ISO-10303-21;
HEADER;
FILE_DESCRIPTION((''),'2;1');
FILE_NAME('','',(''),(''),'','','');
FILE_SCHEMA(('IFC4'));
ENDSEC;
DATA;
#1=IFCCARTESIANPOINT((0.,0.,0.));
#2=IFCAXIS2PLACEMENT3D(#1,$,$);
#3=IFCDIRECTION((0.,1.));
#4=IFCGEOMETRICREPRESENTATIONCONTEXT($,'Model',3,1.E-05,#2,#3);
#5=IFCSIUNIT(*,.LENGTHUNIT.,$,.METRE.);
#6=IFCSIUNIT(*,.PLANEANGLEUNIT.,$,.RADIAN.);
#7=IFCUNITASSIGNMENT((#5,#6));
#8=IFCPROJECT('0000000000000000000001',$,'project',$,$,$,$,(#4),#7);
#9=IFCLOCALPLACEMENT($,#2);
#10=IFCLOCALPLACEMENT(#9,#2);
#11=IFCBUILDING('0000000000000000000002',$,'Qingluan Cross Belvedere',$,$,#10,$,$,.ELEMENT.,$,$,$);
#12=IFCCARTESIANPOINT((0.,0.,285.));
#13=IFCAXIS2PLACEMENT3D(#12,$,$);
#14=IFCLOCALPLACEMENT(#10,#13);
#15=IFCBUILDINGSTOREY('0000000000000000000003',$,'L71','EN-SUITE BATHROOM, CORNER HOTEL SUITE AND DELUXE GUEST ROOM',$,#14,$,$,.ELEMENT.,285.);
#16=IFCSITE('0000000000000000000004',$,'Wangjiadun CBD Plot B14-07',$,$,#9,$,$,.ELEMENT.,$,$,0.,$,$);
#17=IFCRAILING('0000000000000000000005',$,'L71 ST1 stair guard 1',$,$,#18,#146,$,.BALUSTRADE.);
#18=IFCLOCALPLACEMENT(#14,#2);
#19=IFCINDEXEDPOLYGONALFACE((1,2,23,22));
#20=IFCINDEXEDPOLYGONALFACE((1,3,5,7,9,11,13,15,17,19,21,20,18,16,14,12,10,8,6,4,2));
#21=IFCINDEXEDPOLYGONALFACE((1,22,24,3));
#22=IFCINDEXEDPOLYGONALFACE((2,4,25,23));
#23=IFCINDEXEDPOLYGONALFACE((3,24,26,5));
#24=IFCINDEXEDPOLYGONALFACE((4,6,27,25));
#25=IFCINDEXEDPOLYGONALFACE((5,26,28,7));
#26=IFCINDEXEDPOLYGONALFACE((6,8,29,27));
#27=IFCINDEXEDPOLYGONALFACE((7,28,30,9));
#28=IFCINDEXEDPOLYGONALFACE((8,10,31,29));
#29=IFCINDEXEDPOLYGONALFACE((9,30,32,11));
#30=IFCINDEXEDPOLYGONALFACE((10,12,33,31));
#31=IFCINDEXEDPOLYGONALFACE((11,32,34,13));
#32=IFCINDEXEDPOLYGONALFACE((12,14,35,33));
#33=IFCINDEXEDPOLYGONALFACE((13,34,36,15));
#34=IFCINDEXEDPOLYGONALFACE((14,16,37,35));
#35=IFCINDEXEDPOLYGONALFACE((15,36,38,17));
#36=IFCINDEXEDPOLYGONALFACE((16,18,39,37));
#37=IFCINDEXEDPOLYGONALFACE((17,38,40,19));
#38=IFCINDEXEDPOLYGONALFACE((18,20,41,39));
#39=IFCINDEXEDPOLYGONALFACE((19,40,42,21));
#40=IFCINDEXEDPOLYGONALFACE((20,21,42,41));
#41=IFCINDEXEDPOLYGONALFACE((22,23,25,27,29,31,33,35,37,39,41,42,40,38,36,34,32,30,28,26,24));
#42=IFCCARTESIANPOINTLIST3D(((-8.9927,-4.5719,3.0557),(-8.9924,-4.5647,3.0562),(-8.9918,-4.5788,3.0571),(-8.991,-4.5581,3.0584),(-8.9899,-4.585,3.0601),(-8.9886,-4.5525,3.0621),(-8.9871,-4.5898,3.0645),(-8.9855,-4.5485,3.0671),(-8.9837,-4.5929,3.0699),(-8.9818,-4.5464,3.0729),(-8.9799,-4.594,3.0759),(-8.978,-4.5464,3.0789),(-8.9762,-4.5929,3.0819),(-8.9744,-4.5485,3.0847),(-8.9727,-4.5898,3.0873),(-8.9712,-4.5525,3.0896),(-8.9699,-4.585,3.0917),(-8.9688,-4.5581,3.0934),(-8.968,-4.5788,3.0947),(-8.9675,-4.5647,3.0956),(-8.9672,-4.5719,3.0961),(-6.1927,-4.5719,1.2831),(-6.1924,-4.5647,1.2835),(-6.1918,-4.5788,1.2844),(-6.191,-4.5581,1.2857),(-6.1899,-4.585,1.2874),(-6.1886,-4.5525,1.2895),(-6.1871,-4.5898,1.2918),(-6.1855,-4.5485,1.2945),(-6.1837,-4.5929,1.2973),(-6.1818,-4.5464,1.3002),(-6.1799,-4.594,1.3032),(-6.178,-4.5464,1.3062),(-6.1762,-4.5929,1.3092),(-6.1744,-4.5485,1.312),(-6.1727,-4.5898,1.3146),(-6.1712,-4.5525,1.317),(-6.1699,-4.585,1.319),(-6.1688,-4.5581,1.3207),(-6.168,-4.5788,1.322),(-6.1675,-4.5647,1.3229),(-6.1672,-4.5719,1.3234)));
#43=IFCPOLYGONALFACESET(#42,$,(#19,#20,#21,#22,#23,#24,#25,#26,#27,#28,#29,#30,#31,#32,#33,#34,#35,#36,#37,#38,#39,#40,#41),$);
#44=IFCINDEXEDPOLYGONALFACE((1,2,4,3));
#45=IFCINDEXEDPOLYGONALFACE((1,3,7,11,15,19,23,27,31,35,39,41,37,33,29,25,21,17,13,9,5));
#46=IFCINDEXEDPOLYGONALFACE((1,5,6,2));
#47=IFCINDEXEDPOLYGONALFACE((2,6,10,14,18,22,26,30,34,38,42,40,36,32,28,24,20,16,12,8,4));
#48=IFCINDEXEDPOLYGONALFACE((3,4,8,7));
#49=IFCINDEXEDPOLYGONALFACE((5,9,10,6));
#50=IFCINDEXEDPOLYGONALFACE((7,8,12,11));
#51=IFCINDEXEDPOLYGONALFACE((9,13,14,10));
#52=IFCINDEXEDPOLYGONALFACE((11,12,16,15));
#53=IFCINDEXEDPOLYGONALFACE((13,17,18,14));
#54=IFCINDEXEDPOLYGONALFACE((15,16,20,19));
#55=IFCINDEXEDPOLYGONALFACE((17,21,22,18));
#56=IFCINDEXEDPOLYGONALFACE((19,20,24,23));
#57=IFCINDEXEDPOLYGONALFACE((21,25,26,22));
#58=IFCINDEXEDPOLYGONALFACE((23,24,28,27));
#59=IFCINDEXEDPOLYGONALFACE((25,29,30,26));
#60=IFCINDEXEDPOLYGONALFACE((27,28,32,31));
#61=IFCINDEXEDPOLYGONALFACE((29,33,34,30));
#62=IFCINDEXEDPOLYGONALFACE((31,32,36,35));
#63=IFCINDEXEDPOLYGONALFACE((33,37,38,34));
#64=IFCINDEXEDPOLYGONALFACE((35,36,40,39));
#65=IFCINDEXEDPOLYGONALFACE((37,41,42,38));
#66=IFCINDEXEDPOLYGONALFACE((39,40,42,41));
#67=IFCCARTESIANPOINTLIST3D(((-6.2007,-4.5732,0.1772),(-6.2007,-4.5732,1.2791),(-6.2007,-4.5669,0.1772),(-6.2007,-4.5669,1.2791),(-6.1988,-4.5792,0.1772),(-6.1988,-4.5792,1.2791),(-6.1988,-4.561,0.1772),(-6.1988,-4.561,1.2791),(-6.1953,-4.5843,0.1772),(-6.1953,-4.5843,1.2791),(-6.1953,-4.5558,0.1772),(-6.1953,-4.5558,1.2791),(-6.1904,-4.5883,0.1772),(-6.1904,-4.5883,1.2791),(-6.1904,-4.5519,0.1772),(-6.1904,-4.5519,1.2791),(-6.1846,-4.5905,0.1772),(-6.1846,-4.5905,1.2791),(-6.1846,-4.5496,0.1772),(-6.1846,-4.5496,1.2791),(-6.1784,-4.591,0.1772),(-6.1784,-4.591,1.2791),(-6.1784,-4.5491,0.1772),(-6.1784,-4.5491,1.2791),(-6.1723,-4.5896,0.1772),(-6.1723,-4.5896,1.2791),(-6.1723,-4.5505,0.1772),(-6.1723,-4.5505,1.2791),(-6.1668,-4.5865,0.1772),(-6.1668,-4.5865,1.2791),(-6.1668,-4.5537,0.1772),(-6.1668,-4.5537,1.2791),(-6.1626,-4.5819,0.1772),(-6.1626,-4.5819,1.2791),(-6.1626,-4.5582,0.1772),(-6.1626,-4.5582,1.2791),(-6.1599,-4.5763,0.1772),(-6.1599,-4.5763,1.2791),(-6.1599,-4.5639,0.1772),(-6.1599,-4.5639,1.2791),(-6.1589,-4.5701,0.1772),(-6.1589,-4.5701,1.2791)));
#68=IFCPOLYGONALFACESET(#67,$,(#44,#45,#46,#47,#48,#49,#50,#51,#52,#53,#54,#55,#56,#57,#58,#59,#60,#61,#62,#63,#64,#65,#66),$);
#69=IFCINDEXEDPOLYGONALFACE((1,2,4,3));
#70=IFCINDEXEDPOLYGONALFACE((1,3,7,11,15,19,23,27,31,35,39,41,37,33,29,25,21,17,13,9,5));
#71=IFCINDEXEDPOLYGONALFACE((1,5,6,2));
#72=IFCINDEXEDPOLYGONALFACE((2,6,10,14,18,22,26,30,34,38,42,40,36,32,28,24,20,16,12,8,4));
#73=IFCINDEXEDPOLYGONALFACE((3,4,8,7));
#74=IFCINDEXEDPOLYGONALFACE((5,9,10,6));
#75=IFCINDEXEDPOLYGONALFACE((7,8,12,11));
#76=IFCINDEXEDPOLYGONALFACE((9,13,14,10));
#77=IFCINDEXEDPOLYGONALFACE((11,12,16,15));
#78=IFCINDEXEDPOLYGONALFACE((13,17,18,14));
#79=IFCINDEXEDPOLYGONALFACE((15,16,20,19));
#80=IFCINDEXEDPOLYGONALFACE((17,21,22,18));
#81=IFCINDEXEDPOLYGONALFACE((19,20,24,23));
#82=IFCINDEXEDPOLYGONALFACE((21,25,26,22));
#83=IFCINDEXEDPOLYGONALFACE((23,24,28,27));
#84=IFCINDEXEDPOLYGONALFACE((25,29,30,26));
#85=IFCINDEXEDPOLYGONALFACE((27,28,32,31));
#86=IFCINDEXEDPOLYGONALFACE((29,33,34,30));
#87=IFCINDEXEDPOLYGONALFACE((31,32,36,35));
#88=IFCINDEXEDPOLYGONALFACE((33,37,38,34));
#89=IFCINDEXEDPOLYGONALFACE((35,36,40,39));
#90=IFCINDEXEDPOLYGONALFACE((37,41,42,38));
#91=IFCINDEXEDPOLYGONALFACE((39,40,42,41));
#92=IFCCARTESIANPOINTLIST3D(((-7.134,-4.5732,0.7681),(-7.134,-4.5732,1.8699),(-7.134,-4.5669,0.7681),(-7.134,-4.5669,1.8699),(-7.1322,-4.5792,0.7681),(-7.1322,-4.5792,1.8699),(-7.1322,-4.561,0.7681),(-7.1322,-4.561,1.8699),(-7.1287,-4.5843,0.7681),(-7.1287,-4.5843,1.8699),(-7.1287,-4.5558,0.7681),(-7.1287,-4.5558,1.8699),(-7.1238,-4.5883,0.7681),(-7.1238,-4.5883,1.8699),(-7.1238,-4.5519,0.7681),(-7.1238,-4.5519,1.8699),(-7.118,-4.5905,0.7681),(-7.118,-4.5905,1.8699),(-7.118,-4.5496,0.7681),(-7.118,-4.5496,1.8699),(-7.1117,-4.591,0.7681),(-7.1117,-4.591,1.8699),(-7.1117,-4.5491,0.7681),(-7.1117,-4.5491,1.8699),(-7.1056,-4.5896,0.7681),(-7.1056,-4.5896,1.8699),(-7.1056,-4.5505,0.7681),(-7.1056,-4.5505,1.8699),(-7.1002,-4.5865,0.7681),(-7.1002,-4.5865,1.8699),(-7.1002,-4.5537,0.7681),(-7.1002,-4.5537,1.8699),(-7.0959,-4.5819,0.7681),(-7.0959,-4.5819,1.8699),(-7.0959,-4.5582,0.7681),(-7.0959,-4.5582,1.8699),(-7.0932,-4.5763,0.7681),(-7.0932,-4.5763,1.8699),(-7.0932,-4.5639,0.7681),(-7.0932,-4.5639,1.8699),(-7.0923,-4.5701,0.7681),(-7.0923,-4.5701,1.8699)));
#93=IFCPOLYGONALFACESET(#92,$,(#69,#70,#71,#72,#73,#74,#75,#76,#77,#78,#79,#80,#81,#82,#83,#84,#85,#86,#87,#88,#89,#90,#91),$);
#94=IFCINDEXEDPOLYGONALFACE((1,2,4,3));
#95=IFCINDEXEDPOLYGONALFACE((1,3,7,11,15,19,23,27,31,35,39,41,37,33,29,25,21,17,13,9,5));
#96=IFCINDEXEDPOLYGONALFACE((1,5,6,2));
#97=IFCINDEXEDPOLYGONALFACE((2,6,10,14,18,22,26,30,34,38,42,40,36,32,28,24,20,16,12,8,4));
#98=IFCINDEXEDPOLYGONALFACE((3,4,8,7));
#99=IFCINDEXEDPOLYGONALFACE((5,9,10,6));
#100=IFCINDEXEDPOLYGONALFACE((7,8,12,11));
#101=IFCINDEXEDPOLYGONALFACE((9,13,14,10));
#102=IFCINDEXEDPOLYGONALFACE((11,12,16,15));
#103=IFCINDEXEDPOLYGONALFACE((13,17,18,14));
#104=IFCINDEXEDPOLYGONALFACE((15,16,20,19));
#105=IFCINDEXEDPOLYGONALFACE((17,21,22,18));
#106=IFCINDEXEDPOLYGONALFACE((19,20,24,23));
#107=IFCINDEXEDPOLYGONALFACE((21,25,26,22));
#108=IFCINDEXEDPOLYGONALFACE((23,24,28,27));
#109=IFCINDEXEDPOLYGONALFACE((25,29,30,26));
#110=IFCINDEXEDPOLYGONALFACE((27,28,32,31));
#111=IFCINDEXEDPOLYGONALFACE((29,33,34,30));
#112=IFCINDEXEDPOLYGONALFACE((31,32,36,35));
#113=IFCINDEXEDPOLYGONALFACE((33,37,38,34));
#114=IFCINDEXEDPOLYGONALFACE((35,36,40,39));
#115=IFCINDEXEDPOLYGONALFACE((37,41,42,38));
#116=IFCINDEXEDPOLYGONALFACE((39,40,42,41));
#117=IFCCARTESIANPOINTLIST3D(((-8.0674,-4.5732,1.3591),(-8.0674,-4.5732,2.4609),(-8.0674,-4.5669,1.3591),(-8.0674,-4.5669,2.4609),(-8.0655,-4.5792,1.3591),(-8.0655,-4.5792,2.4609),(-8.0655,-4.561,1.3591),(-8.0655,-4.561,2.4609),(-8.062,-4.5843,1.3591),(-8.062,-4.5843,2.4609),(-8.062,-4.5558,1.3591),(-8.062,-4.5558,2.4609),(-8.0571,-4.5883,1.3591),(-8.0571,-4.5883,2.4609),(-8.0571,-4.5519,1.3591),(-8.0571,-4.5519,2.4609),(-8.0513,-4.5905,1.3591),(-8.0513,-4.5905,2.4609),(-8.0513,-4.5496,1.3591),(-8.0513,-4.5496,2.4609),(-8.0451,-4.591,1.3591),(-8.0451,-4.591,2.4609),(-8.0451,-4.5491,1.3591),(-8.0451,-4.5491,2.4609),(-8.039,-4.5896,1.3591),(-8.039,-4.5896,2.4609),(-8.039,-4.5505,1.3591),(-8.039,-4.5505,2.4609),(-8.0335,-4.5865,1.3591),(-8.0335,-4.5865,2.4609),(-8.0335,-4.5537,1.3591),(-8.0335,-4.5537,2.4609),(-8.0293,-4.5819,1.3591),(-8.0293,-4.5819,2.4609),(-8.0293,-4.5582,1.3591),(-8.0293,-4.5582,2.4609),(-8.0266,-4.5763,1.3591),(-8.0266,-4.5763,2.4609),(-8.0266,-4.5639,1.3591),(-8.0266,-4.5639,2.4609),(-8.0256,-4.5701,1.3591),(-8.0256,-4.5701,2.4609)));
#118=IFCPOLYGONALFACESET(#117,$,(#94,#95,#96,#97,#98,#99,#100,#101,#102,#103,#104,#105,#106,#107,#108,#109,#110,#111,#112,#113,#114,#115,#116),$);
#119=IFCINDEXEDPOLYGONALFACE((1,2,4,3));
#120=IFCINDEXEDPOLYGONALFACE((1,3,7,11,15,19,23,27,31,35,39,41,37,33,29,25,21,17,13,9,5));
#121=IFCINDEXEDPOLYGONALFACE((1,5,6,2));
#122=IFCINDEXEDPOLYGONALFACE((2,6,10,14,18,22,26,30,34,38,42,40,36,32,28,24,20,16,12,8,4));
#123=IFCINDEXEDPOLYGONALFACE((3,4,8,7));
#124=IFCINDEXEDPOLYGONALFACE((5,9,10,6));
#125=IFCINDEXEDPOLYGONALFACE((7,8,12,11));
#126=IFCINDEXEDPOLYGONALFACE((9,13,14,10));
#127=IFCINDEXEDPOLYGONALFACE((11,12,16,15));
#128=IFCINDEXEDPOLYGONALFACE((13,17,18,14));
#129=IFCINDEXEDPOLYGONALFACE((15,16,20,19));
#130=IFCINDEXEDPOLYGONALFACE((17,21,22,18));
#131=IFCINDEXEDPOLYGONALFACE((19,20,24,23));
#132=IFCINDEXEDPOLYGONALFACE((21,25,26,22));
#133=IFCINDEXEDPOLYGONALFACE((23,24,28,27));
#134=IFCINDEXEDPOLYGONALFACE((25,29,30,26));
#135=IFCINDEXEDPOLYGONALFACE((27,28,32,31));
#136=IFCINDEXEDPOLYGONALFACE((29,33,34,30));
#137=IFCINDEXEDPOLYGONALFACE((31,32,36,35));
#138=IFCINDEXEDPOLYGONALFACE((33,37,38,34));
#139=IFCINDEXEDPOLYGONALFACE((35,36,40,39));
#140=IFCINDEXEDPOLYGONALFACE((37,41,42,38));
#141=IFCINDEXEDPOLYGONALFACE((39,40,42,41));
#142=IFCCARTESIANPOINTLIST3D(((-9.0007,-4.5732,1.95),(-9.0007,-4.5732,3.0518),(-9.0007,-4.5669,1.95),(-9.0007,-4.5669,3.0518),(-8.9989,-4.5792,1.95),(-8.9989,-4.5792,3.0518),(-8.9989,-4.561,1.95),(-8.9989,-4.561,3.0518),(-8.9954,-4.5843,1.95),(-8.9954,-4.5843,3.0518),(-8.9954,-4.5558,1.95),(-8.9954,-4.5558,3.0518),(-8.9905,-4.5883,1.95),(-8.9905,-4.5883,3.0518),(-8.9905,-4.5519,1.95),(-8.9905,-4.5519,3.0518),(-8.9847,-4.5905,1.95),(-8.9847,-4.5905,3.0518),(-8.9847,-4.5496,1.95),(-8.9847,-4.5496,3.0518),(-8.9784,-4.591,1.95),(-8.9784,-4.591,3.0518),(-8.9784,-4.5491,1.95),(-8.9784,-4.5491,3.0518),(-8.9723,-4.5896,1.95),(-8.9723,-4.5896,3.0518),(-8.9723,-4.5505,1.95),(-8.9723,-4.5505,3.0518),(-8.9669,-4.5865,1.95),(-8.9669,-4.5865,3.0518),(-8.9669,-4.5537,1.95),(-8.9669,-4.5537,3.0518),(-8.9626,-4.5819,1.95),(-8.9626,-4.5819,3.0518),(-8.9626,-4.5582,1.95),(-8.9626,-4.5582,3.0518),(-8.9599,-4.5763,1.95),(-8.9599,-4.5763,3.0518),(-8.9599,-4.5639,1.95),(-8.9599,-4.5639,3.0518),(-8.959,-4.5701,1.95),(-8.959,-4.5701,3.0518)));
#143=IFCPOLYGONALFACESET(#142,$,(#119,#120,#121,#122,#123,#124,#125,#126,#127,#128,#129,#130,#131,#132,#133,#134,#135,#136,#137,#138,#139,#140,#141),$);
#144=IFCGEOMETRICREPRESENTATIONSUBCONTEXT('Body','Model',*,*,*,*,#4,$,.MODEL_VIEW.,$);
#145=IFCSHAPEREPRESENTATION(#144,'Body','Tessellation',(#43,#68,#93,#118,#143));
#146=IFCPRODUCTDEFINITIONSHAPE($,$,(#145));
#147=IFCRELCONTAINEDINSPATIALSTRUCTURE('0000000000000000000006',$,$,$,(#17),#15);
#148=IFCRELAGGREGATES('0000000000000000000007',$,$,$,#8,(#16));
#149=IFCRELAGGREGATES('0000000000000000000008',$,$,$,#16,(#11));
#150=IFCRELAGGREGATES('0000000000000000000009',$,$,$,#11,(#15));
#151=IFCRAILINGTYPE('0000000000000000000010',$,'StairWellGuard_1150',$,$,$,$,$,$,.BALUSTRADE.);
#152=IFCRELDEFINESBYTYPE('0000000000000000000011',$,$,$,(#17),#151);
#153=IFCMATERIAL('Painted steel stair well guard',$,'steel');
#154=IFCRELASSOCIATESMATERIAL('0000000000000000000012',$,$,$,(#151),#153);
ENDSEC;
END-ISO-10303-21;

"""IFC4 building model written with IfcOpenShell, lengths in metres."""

from ifc_helpers import new_model, si_unit, direction, frame, origin, origin_2d, place, context, subcontext, project, spatial, circle, extrude, material, type_object, element, save


model = new_model("IFC4")

# Units and contexts
model_context = context("Model", 3, precision=1e-05, world=origin(), true_north=direction((0.0, 1.0)))
body_context = subcontext(model_context, "Body", "Model", "MODEL_VIEW")
ifc_project = project(units=[si_unit("LENGTHUNIT", "METRE"), si_unit("PLANEANGLEUNIT", "RADIAN")], contexts=[model_context])

# Site, building, storey
site_placement = place(None, origin())
site = spatial("IfcSite", under=ifc_project, at=site_placement, Name="Wangjiadun CBD Plot B14-07", CompositionType="ELEMENT", RefElevation=0.0)
building_placement = place(site_placement, origin())
building = spatial("IfcBuilding", under=site, at=building_placement, Name="Qingluan Cross Belvedere", CompositionType="ELEMENT")
storey_placement = place(building_placement, frame((0.0, 0.0, 285.0)))
storey = spatial("IfcBuildingStorey", under=building, at=storey_placement, Name="L71", Description="EN-SUITE BATHROOM, CORNER HOTEL SUITE AND DELUXE GUEST ROOM", CompositionType="ELEMENT", Elevation=285.0)

# Railing
ifc_material_1 = material(Name="Painted steel stair well guard", Category="steel")
railing_type_1 = type_object("IfcRailingType", Name="StairWellGuard_1150", PredefinedType="BALUSTRADE", material=ifc_material_1)
railing_1_placement = place(storey_placement, frame((-6.1799, -4.5701, 0.1772)))
element("IfcRailing", 1, at=railing_1_placement, inside=storey, type_object=railing_type_1, Name="L71 ST1 stair guard 1", PredefinedType="BALUSTRADE", context=body_context, shape_type="SweptSolid", body=[
    extrude(circle(Radius=0.0239, at=origin_2d()), frame((0.0, 0.0, 1.126), z_axis=(-0.844909, 0.0, 0.53491), x_axis=(0.0, -1.0, 0.0)), (0.0, 0.0, 1.0), 3.314),
    extrude(circle(Radius=0.021, at=origin_2d()), origin(), (0.0, 0.0, 1.0), 1.1018),
    extrude(circle(Radius=0.021, at=origin_2d()), frame((-0.9333, 0.0, 0.5908)), (0.0, 0.0, 1.0), 1.1018),
    extrude(circle(Radius=0.021, at=origin_2d()), frame((-1.8667, 0.0, 1.1819)), (0.0, 0.0, 1.0), 1.1018),
    extrude(circle(Radius=0.021, at=origin_2d()), frame((-2.8, 0.0, 1.7727)), (0.0, 0.0, 1.0), 1.1018),
])

save(model, "model.ifc")
